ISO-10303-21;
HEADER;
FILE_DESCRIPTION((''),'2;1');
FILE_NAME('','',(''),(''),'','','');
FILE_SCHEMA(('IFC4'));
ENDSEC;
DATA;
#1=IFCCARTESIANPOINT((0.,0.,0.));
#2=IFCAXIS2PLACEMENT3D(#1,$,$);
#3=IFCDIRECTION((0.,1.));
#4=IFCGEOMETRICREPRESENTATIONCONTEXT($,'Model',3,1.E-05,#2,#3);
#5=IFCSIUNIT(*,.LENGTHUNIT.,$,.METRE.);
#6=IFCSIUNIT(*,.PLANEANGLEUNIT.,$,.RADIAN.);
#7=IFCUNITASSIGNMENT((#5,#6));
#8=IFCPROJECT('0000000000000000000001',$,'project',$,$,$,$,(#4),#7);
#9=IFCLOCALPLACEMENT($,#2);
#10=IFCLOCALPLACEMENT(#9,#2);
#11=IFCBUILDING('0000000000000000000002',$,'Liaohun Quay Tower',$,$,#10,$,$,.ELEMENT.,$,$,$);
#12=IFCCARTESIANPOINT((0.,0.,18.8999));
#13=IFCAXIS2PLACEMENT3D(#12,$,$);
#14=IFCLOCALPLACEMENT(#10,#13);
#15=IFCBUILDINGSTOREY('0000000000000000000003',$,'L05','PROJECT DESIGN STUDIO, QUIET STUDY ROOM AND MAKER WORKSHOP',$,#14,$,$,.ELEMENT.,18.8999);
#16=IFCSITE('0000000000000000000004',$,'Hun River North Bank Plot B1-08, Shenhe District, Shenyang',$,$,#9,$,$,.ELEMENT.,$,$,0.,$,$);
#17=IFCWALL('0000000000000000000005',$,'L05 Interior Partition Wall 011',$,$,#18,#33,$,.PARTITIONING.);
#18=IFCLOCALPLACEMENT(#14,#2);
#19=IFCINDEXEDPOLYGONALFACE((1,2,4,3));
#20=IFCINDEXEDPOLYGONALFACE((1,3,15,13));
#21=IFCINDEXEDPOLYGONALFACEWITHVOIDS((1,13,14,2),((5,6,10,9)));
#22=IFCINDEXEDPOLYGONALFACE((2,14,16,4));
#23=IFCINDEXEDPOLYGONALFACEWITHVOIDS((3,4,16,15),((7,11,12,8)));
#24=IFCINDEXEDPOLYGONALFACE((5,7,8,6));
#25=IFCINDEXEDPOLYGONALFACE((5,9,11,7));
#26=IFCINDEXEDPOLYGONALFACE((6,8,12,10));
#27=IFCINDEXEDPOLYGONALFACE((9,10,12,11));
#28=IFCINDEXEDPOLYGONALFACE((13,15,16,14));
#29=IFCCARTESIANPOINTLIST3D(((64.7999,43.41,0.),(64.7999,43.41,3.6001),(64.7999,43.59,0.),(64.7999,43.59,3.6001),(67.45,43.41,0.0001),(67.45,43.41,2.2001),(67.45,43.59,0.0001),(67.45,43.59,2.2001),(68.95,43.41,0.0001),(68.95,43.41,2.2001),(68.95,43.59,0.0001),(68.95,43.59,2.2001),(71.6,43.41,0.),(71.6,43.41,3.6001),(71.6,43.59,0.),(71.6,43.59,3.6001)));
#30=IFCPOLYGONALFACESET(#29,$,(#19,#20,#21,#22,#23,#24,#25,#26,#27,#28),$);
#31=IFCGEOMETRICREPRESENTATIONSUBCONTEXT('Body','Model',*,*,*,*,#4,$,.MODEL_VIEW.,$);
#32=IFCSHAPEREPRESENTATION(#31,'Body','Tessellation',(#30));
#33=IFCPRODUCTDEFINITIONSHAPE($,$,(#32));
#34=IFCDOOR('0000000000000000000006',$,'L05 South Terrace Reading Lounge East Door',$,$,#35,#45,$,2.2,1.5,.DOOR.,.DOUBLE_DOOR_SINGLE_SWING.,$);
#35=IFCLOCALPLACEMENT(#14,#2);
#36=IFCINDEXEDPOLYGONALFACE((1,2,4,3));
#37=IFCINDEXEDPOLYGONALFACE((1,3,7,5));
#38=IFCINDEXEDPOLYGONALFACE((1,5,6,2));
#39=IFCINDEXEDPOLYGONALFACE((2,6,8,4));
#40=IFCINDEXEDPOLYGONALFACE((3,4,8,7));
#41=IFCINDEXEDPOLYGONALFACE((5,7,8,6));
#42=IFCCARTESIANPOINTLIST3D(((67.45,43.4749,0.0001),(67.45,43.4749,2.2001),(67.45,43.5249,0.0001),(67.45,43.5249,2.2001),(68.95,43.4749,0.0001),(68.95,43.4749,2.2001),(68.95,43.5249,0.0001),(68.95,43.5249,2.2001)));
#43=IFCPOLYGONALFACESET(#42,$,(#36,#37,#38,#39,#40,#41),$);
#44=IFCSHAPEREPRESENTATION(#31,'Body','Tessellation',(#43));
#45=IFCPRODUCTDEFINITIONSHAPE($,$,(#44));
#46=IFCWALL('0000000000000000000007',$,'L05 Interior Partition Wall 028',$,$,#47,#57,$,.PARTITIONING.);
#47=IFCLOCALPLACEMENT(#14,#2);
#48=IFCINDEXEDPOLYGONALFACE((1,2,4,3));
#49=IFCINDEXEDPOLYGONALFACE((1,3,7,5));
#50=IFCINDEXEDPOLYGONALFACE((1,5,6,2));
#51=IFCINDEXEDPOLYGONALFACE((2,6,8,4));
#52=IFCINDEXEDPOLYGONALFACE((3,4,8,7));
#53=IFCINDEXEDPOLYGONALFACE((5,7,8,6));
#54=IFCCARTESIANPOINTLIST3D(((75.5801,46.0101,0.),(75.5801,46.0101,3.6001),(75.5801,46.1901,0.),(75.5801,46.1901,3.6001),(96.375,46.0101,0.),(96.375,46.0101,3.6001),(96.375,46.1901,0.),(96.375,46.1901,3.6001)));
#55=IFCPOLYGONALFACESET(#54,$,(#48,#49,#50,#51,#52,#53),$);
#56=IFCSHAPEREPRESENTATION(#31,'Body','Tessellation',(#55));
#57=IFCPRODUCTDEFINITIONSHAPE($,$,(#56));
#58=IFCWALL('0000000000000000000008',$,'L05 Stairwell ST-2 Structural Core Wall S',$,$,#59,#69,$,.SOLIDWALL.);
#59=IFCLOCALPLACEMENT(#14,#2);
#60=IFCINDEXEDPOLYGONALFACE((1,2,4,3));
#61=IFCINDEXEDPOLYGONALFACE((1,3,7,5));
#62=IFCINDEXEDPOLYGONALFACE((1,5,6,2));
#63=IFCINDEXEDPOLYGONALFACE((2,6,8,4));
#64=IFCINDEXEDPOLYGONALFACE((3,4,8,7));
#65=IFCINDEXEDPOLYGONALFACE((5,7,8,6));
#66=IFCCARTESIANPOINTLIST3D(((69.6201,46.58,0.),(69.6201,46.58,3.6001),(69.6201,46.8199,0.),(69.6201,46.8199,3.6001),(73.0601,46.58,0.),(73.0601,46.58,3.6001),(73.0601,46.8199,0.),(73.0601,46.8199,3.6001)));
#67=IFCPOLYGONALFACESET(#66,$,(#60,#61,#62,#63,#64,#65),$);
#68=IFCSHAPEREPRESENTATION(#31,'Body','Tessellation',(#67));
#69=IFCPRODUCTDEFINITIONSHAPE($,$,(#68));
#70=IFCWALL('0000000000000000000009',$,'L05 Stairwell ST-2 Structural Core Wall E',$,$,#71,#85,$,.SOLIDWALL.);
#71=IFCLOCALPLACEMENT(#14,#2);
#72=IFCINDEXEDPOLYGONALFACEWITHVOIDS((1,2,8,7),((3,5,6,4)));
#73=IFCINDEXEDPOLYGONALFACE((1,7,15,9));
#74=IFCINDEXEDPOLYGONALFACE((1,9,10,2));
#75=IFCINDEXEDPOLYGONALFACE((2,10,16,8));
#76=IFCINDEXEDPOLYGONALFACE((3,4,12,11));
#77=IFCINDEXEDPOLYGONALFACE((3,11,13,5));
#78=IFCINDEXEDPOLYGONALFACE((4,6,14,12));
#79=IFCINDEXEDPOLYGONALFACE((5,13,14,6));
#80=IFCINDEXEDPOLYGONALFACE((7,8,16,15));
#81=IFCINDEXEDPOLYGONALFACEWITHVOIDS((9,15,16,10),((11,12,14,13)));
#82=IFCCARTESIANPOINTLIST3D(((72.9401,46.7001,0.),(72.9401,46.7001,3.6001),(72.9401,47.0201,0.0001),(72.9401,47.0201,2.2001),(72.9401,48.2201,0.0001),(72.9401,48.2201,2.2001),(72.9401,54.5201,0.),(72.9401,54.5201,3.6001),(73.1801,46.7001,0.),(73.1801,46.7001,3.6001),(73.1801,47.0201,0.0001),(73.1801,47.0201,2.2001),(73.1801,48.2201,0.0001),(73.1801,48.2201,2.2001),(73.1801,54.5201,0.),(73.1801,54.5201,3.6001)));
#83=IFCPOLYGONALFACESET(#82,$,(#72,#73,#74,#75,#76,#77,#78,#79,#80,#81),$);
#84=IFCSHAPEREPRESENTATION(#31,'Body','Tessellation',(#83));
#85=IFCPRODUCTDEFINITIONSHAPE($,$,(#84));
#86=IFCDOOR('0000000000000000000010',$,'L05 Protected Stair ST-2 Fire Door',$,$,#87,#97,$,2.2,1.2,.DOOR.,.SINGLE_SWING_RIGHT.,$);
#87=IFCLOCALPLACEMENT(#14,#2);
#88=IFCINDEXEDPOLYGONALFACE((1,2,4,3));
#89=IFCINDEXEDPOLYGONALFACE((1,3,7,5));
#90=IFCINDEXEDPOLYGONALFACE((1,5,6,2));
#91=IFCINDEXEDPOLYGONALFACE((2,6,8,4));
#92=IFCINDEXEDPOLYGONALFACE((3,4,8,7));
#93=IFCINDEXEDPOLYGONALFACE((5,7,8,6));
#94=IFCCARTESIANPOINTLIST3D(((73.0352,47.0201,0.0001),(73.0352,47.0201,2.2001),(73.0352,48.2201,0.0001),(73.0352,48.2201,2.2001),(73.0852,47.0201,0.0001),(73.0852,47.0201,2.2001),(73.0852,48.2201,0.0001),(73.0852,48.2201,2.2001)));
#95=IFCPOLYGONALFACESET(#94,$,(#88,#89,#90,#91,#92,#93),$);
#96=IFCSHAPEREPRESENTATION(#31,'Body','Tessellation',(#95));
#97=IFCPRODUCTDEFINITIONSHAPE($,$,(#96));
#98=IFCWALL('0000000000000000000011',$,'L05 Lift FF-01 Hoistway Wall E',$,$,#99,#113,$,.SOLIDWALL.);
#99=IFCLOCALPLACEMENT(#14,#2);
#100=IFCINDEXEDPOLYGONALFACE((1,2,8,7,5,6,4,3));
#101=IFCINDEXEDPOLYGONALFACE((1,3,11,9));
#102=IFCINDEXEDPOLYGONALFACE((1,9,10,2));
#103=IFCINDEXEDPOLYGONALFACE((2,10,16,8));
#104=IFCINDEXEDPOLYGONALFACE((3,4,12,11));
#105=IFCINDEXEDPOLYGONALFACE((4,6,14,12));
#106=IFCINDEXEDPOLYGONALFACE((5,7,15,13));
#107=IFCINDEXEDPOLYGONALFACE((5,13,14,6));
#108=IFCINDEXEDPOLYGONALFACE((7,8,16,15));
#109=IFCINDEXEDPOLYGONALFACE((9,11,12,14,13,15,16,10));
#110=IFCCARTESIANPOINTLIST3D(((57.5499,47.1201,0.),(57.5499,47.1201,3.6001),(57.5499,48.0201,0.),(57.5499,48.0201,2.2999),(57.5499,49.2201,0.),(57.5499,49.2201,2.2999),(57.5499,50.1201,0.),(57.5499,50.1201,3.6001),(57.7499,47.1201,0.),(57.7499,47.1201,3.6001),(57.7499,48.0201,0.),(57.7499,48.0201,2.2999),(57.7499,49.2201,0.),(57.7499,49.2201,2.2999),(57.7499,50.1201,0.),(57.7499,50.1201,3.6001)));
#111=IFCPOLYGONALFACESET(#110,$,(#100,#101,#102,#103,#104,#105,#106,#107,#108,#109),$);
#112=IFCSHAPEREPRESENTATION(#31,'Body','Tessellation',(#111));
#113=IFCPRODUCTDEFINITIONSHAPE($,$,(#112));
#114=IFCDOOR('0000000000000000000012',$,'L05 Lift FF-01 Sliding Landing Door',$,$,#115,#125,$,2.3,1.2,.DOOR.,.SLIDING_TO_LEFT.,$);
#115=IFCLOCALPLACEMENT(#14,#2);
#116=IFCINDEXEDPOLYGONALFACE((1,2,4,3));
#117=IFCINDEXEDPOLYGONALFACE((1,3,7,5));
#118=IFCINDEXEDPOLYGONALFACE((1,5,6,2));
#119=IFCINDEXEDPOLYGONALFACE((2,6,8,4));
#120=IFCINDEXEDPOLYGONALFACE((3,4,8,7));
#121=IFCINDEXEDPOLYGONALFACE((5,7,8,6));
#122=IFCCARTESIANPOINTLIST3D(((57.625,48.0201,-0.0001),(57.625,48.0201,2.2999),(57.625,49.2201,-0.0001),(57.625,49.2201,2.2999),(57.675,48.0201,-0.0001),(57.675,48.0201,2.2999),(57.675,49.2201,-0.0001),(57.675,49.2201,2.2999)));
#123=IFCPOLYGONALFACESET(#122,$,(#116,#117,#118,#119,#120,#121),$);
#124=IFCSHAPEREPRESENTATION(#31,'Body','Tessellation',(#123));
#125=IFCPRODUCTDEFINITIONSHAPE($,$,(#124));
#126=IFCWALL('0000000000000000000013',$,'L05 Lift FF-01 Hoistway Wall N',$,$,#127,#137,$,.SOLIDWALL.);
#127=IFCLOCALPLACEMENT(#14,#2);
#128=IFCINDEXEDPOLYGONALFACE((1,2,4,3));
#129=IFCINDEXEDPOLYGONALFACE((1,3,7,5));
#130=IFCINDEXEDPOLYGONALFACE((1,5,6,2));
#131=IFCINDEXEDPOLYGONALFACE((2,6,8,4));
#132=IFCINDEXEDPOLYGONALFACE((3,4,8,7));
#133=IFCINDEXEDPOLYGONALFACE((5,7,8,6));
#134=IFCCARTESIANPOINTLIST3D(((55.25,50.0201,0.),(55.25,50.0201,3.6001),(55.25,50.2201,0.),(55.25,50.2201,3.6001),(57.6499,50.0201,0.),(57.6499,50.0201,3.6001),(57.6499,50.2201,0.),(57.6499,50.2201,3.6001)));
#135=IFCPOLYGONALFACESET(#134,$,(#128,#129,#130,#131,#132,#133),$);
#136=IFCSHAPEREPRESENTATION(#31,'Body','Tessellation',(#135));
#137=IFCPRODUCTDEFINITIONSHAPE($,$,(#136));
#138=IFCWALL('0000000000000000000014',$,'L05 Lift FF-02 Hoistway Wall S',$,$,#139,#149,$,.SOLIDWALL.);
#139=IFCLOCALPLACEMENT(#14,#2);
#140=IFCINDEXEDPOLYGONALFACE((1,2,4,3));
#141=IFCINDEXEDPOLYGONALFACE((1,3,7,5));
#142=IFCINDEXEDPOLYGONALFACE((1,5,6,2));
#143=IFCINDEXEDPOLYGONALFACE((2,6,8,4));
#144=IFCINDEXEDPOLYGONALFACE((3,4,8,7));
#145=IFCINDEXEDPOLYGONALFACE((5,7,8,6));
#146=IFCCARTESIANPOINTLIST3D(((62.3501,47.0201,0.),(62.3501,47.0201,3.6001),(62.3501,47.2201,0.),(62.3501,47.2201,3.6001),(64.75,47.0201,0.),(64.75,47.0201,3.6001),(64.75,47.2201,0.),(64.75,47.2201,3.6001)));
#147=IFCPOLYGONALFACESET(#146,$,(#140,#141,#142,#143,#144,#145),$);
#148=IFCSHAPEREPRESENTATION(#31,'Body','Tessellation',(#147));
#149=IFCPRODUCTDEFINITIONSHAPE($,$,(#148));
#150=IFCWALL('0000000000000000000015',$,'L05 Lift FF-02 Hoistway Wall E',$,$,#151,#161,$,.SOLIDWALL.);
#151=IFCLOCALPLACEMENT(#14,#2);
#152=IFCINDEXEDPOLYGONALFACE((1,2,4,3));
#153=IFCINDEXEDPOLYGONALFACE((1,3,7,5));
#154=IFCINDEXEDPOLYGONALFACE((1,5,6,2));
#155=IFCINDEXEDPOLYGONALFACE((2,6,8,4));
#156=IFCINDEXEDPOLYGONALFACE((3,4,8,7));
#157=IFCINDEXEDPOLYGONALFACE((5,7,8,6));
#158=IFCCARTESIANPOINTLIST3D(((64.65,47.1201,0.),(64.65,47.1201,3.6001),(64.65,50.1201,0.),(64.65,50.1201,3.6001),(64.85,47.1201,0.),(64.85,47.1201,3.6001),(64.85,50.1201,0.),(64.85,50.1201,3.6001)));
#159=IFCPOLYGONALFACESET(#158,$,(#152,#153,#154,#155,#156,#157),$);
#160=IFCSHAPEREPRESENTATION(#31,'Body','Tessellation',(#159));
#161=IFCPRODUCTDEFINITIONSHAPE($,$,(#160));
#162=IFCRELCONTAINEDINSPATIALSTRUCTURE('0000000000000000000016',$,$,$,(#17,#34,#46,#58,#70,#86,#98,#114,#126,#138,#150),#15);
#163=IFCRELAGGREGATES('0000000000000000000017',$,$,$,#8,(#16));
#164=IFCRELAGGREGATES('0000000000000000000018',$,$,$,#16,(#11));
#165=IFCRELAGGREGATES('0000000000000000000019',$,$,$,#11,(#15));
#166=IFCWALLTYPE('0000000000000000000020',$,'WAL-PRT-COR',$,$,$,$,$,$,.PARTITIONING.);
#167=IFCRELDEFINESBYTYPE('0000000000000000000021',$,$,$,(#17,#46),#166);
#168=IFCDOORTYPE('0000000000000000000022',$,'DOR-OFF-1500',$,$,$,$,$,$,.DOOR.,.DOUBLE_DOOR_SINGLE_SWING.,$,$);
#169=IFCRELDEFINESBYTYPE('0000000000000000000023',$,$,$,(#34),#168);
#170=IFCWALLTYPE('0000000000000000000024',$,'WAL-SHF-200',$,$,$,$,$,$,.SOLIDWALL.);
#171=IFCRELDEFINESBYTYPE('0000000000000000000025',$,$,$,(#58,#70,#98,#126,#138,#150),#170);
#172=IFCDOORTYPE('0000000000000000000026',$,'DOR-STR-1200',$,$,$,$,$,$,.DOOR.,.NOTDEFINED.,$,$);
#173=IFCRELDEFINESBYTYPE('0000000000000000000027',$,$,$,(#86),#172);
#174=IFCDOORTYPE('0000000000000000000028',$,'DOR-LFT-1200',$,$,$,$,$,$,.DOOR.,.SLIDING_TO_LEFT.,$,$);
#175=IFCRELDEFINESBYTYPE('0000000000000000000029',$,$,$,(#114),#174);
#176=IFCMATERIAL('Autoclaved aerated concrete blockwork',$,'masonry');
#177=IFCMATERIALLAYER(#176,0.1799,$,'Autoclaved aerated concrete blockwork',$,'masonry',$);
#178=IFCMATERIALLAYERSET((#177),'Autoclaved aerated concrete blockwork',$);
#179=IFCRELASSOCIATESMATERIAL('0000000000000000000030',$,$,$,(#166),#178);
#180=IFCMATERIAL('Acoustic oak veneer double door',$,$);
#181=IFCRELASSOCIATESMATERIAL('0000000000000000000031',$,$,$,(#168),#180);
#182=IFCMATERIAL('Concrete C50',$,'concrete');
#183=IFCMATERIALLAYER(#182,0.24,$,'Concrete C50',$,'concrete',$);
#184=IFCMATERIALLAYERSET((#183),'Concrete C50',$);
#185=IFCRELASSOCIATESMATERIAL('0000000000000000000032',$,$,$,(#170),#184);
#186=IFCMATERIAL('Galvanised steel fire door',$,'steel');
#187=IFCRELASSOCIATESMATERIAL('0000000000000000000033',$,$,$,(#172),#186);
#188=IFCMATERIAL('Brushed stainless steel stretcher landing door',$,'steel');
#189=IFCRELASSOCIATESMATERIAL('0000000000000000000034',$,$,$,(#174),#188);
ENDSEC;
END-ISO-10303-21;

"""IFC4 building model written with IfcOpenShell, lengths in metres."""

from ifc_helpers import new_model, si_unit, direction, frame, frame_2d, origin, place, context, subcontext, project, spatial, rectangle, extrude, source, transform, mapped, material, layer, layer_set, type_object, element, fill, save


model = new_model("IFC4")

# Units and contexts
model_context = context("Model", 3, precision=1e-05, world=origin(), true_north=direction((0.0, 1.0)))
body_context = subcontext(model_context, "Body", "Model", "MODEL_VIEW")
ifc_project = project(units=[si_unit("LENGTHUNIT", "METRE"), si_unit("PLANEANGLEUNIT", "RADIAN")], contexts=[model_context])

# Site, building, storey
site_placement = place(None, origin())
site = spatial("IfcSite", under=ifc_project, at=site_placement, Name="Hun River North Bank Plot B1-08, Shenhe District, Shenyang", CompositionType="ELEMENT", RefElevation=0.0)
building_placement = place(site_placement, origin())
building = spatial("IfcBuilding", under=site, at=building_placement, Name="Liaohun Quay Tower", CompositionType="ELEMENT")
storey_placement = place(building_placement, frame((0.0, 0.0, 18.8999)))
storey = spatial("IfcBuildingStorey", under=building, at=storey_placement, Name="L05", Description="PROJECT DESIGN STUDIO, QUIET STUDY ROOM AND MAKER WORKSHOP", CompositionType="ELEMENT", Elevation=18.8999)

# Wall, opening, door
ifc_material_1 = material(Name="Autoclaved aerated concrete blockwork", Category="masonry")
ifc_layer_1 = layer(ifc_material_1, 0.1799, Name="Autoclaved aerated concrete blockwork", Category="masonry")
ifc_layer_set_1 = layer_set([ifc_layer_1], Name="Autoclaved aerated concrete blockwork")
wall_type_1 = type_object("IfcWallType", Name="WAL-PRT-COR", PredefinedType="PARTITIONING", material=ifc_layer_set_1)
wall_1_placement = place(storey_placement, frame((64.8, 43.5, 0.0), z_axis=(0.0, 0.0, 1.0), x_axis=(1.0, 0.0, 0.0)))
wall_1 = element("IfcWall", 1, at=wall_1_placement, inside=storey, type_object=wall_type_1, Name="L05 Interior Partition Wall 011", PredefinedType="PARTITIONING", context=body_context, shape_type="SweptSolid", body=[
    extrude(rectangle(XDim=6.8, YDim=0.1799, at=frame_2d((3.3999, 0.0))), origin(), (0.0, 0.0, 1.0), 3.6001),
])
shared_shape_1 = source(origin(), body_context, "Body", "SweptSolid", [
    extrude(rectangle(XDim=1.5, YDim=2.2, at=frame_2d((0.75, 1.1001))), frame((0.0, 0.0999, 0.0), z_axis=(0.0, -1.0, 0.0), x_axis=(1.0, 0.0, 0.0)), (0.0, 0.0, 1.0), 0.2),
])
opening_1_placement = place(wall_1_placement, frame((2.6499, 0.0, 0.0)))
opening_1 = element("IfcOpeningElement", 2, at=opening_1_placement, cuts=wall_1, PredefinedType="OPENING", context=body_context, shape_type="MappedRepresentation", body=[
    mapped(shared_shape_1, transform((0.0, 0.0, 0.0), x_axis=(1.0, 0.0, 0.0), y_axis=(0.0, 1.0, 0.0), z_axis=(0.0, 0.0, 1.0), scale=1.0)),
])
ifc_material_2 = material(Name="Acoustic oak veneer double door")
door_type_1 = type_object("IfcDoorType", Name="DOR-OFF-1500", OperationType="DOUBLE_DOOR_SINGLE_SWING", PredefinedType="DOOR", material=ifc_material_2)
shared_shape_2 = source(origin(), body_context, "Body", "SweptSolid", [
    extrude(rectangle(XDim=1.5, YDim=2.2, at=frame_2d((0.75, 1.1001))), frame((0.0, 0.0249, 0.0), z_axis=(0.0, -1.0, 0.0), x_axis=(1.0, 0.0, 0.0)), (0.0, 0.0, 1.0), 0.05),
])
door_1_placement = place(opening_1_placement, origin())
door_1 = element("IfcDoor", 3, at=door_1_placement, inside=storey, type_object=door_type_1, Name="L05 South Terrace Reading Lounge East Door", OperationType="DOUBLE_DOOR_SINGLE_SWING", OverallHeight=2.2, OverallWidth=1.5, PredefinedType="DOOR", context=body_context, shape_type="MappedRepresentation", body=[
    mapped(shared_shape_2, transform((0.0, 0.0, 0.0), x_axis=(1.0, 0.0, 0.0), y_axis=(0.0, 1.0, 0.0), z_axis=(0.0, 0.0, 1.0), scale=1.0)),
])
fill(opening_1, door_1)

# Walls
wall_2_placement = place(storey_placement, frame((75.5801, 46.1001, 0.0), z_axis=(0.0, 0.0, 1.0), x_axis=(1.0, 0.0, 0.0)))
element("IfcWall", 4, at=wall_2_placement, inside=storey, type_object=wall_type_1, Name="L05 Interior Partition Wall 028", PredefinedType="PARTITIONING", context=body_context, shape_type="SweptSolid", body=[
    extrude(rectangle(XDim=20.7949, YDim=0.1799, at=frame_2d((10.3975, 0.0))), origin(), (0.0, 0.0, 1.0), 3.6001),
])
ifc_material_3 = material(Name="Concrete C50", Category="concrete")
ifc_layer_2 = layer(ifc_material_3, 0.24, Name="Concrete C50", Category="concrete")
ifc_layer_set_2 = layer_set([ifc_layer_2], Name="Concrete C50")
wall_type_2 = type_object("IfcWallType", Name="WAL-SHF-200", PredefinedType="SOLIDWALL", material=ifc_layer_set_2)
wall_3_placement = place(storey_placement, frame((69.6201, 46.7, 0.0), z_axis=(0.0, 0.0, 1.0), x_axis=(1.0, 0.0, 0.0)))
element("IfcWall", 5, at=wall_3_placement, inside=storey, type_object=wall_type_2, Name="L05 Stairwell ST-2 Structural Core Wall S", PredefinedType="SOLIDWALL", context=body_context, shape_type="SweptSolid", body=[
    extrude(rectangle(XDim=3.4399, YDim=0.24, at=frame_2d((1.72, 0.0))), origin(), (0.0, 0.0, 1.0), 3.6001),
])

# Walls, openings, doors
wall_4_placement = place(storey_placement, frame((73.0601, 46.7, 0.0), z_axis=(0.0, 0.0, 1.0), x_axis=(0.0, 1.0, 0.0)))
wall_4 = element("IfcWall", 6, at=wall_4_placement, inside=storey, type_object=wall_type_2, Name="L05 Stairwell ST-2 Structural Core Wall E", PredefinedType="SOLIDWALL", context=body_context, shape_type="SweptSolid", body=[
    extrude(rectangle(XDim=7.8201, YDim=0.24, at=frame_2d((3.9102, 0.0))), origin(), (0.0, 0.0, 1.0), 3.6001),
])
shared_shape_3 = source(origin(), body_context, "Body", "SweptSolid", [
    extrude(rectangle(XDim=1.2, YDim=2.2, at=frame_2d((0.6001, 1.1001))), frame((0.0, 0.1299, 0.0), z_axis=(0.0, -1.0, 0.0), x_axis=(1.0, 0.0, 0.0)), (0.0, 0.0, 1.0), 0.26),
])
opening_2_placement = place(wall_4_placement, frame((0.3201, 0.0, 0.0)))
opening_2 = element("IfcOpeningElement", 7, at=opening_2_placement, cuts=wall_4, PredefinedType="OPENING", context=body_context, shape_type="MappedRepresentation", body=[
    mapped(shared_shape_3, transform((0.0, 0.0, 0.0), x_axis=(1.0, 0.0, 0.0), y_axis=(0.0, 1.0, 0.0), z_axis=(0.0, 0.0, 1.0), scale=1.0)),
])
ifc_material_4 = material(Name="Galvanised steel fire door", Category="steel")
door_type_2 = type_object("IfcDoorType", Name="DOR-STR-1200", OperationType="NOTDEFINED", PredefinedType="DOOR", material=ifc_material_4)
shared_shape_4 = source(origin(), body_context, "Body", "SweptSolid", [
    extrude(rectangle(XDim=1.2, YDim=2.2, at=frame_2d((0.6001, 1.1001))), frame((0.0, 0.0249, 0.0), z_axis=(0.0, -1.0, 0.0), x_axis=(1.0, 0.0, 0.0)), (0.0, 0.0, 1.0), 0.05),
])
door_2_placement = place(opening_2_placement, origin())
door_2 = element("IfcDoor", 8, at=door_2_placement, inside=storey, type_object=door_type_2, Name="L05 Protected Stair ST-2 Fire Door", OperationType="SINGLE_SWING_RIGHT", OverallHeight=2.2, OverallWidth=1.2, PredefinedType="DOOR", context=body_context, shape_type="MappedRepresentation", body=[
    mapped(shared_shape_4, transform((0.0, 0.0, 0.0), x_axis=(1.0, 0.0, 0.0), y_axis=(0.0, 1.0, 0.0), z_axis=(0.0, 0.0, 1.0), scale=1.0)),
])
fill(opening_2, door_2)
wall_5_placement = place(storey_placement, frame((57.6499, 47.1201, 0.0), z_axis=(0.0, 0.0, 1.0), x_axis=(0.0, 1.0, 0.0)))
wall_5 = element("IfcWall", 9, at=wall_5_placement, inside=storey, type_object=wall_type_2, Name="L05 Lift FF-01 Hoistway Wall E", PredefinedType="SOLIDWALL", context=body_context, shape_type="SweptSolid", body=[
    extrude(rectangle(XDim=3.0, YDim=0.2, at=frame_2d((1.5, 0.0))), origin(), (0.0, 0.0, 1.0), 3.6001),
])
shared_shape_5 = source(origin(), body_context, "Body", "SweptSolid", [
    extrude(rectangle(XDim=1.2, YDim=2.3, at=frame_2d((0.6001, 1.1499))), frame((0.0, 0.1099, 0.0), z_axis=(0.0, -1.0, 0.0), x_axis=(1.0, 0.0, 0.0)), (0.0, 0.0, 1.0), 0.22),
])
opening_3_placement = place(wall_5_placement, frame((0.8999, 0.0, 0.0)))
opening_3 = element("IfcOpeningElement", 10, at=opening_3_placement, cuts=wall_5, PredefinedType="OPENING", context=body_context, shape_type="MappedRepresentation", body=[
    mapped(shared_shape_5, transform((0.0, 0.0, 0.0), x_axis=(1.0, 0.0, 0.0), y_axis=(0.0, 1.0, 0.0), z_axis=(0.0, 0.0, 1.0), scale=1.0)),
])
ifc_material_5 = material(Name="Brushed stainless steel stretcher landing door", Category="steel")
door_type_3 = type_object("IfcDoorType", Name="DOR-LFT-1200", OperationType="SLIDING_TO_LEFT", PredefinedType="DOOR", material=ifc_material_5)
shared_shape_6 = source(origin(), body_context, "Body", "SweptSolid", [
    extrude(rectangle(XDim=1.2, YDim=2.3, at=frame_2d((0.6001, 1.1499))), frame((0.0, 0.0249, 0.0), z_axis=(0.0, -1.0, 0.0), x_axis=(1.0, 0.0, 0.0)), (0.0, 0.0, 1.0), 0.05),
])
door_3_placement = place(opening_3_placement, origin())
door_3 = element("IfcDoor", 11, at=door_3_placement, inside=storey, type_object=door_type_3, Name="L05 Lift FF-01 Sliding Landing Door", OperationType="SLIDING_TO_LEFT", OverallHeight=2.3, OverallWidth=1.2, PredefinedType="DOOR", context=body_context, shape_type="MappedRepresentation", body=[
    mapped(shared_shape_6, transform((0.0, 0.0, 0.0), x_axis=(1.0, 0.0, 0.0), y_axis=(0.0, 1.0, 0.0), z_axis=(0.0, 0.0, 1.0), scale=1.0)),
])
fill(opening_3, door_3)

# Walls
for number, where, z_axis, x_axis, name in (
    (12, (57.6499, 50.1201, 0.0), (0.0, 0.0, 1.0), (-1.0, 0.0, 0.0), "L05 Lift FF-01 Hoistway Wall N"),
    (13, (62.3501, 47.1201, 0.0), (0.0, 0.0, 1.0), (1.0, 0.0, 0.0), "L05 Lift FF-02 Hoistway Wall S"),
):
    element("IfcWall", number, at=place(storey_placement, frame(where, z_axis=z_axis, x_axis=x_axis)), inside=storey, type_object=wall_type_2, Name=name, PredefinedType="SOLIDWALL", context=body_context, shape_type="SweptSolid", body=[
        extrude(rectangle(XDim=2.3999, YDim=0.2, at=frame_2d((1.2, 0.0))), origin(), (0.0, 0.0, 1.0), 3.6001),
    ])
wall_6_placement = place(storey_placement, frame((64.75, 47.1201, 0.0), z_axis=(0.0, 0.0, 1.0), x_axis=(0.0, 1.0, 0.0)))
element("IfcWall", 14, at=wall_6_placement, inside=storey, type_object=wall_type_2, Name="L05 Lift FF-02 Hoistway Wall E", PredefinedType="SOLIDWALL", context=body_context, shape_type="SweptSolid", body=[
    extrude(rectangle(XDim=3.0, YDim=0.2, at=frame_2d((1.5, 0.0))), origin(), (0.0, 0.0, 1.0), 3.6001),
])

save(model, "model.ifc")
